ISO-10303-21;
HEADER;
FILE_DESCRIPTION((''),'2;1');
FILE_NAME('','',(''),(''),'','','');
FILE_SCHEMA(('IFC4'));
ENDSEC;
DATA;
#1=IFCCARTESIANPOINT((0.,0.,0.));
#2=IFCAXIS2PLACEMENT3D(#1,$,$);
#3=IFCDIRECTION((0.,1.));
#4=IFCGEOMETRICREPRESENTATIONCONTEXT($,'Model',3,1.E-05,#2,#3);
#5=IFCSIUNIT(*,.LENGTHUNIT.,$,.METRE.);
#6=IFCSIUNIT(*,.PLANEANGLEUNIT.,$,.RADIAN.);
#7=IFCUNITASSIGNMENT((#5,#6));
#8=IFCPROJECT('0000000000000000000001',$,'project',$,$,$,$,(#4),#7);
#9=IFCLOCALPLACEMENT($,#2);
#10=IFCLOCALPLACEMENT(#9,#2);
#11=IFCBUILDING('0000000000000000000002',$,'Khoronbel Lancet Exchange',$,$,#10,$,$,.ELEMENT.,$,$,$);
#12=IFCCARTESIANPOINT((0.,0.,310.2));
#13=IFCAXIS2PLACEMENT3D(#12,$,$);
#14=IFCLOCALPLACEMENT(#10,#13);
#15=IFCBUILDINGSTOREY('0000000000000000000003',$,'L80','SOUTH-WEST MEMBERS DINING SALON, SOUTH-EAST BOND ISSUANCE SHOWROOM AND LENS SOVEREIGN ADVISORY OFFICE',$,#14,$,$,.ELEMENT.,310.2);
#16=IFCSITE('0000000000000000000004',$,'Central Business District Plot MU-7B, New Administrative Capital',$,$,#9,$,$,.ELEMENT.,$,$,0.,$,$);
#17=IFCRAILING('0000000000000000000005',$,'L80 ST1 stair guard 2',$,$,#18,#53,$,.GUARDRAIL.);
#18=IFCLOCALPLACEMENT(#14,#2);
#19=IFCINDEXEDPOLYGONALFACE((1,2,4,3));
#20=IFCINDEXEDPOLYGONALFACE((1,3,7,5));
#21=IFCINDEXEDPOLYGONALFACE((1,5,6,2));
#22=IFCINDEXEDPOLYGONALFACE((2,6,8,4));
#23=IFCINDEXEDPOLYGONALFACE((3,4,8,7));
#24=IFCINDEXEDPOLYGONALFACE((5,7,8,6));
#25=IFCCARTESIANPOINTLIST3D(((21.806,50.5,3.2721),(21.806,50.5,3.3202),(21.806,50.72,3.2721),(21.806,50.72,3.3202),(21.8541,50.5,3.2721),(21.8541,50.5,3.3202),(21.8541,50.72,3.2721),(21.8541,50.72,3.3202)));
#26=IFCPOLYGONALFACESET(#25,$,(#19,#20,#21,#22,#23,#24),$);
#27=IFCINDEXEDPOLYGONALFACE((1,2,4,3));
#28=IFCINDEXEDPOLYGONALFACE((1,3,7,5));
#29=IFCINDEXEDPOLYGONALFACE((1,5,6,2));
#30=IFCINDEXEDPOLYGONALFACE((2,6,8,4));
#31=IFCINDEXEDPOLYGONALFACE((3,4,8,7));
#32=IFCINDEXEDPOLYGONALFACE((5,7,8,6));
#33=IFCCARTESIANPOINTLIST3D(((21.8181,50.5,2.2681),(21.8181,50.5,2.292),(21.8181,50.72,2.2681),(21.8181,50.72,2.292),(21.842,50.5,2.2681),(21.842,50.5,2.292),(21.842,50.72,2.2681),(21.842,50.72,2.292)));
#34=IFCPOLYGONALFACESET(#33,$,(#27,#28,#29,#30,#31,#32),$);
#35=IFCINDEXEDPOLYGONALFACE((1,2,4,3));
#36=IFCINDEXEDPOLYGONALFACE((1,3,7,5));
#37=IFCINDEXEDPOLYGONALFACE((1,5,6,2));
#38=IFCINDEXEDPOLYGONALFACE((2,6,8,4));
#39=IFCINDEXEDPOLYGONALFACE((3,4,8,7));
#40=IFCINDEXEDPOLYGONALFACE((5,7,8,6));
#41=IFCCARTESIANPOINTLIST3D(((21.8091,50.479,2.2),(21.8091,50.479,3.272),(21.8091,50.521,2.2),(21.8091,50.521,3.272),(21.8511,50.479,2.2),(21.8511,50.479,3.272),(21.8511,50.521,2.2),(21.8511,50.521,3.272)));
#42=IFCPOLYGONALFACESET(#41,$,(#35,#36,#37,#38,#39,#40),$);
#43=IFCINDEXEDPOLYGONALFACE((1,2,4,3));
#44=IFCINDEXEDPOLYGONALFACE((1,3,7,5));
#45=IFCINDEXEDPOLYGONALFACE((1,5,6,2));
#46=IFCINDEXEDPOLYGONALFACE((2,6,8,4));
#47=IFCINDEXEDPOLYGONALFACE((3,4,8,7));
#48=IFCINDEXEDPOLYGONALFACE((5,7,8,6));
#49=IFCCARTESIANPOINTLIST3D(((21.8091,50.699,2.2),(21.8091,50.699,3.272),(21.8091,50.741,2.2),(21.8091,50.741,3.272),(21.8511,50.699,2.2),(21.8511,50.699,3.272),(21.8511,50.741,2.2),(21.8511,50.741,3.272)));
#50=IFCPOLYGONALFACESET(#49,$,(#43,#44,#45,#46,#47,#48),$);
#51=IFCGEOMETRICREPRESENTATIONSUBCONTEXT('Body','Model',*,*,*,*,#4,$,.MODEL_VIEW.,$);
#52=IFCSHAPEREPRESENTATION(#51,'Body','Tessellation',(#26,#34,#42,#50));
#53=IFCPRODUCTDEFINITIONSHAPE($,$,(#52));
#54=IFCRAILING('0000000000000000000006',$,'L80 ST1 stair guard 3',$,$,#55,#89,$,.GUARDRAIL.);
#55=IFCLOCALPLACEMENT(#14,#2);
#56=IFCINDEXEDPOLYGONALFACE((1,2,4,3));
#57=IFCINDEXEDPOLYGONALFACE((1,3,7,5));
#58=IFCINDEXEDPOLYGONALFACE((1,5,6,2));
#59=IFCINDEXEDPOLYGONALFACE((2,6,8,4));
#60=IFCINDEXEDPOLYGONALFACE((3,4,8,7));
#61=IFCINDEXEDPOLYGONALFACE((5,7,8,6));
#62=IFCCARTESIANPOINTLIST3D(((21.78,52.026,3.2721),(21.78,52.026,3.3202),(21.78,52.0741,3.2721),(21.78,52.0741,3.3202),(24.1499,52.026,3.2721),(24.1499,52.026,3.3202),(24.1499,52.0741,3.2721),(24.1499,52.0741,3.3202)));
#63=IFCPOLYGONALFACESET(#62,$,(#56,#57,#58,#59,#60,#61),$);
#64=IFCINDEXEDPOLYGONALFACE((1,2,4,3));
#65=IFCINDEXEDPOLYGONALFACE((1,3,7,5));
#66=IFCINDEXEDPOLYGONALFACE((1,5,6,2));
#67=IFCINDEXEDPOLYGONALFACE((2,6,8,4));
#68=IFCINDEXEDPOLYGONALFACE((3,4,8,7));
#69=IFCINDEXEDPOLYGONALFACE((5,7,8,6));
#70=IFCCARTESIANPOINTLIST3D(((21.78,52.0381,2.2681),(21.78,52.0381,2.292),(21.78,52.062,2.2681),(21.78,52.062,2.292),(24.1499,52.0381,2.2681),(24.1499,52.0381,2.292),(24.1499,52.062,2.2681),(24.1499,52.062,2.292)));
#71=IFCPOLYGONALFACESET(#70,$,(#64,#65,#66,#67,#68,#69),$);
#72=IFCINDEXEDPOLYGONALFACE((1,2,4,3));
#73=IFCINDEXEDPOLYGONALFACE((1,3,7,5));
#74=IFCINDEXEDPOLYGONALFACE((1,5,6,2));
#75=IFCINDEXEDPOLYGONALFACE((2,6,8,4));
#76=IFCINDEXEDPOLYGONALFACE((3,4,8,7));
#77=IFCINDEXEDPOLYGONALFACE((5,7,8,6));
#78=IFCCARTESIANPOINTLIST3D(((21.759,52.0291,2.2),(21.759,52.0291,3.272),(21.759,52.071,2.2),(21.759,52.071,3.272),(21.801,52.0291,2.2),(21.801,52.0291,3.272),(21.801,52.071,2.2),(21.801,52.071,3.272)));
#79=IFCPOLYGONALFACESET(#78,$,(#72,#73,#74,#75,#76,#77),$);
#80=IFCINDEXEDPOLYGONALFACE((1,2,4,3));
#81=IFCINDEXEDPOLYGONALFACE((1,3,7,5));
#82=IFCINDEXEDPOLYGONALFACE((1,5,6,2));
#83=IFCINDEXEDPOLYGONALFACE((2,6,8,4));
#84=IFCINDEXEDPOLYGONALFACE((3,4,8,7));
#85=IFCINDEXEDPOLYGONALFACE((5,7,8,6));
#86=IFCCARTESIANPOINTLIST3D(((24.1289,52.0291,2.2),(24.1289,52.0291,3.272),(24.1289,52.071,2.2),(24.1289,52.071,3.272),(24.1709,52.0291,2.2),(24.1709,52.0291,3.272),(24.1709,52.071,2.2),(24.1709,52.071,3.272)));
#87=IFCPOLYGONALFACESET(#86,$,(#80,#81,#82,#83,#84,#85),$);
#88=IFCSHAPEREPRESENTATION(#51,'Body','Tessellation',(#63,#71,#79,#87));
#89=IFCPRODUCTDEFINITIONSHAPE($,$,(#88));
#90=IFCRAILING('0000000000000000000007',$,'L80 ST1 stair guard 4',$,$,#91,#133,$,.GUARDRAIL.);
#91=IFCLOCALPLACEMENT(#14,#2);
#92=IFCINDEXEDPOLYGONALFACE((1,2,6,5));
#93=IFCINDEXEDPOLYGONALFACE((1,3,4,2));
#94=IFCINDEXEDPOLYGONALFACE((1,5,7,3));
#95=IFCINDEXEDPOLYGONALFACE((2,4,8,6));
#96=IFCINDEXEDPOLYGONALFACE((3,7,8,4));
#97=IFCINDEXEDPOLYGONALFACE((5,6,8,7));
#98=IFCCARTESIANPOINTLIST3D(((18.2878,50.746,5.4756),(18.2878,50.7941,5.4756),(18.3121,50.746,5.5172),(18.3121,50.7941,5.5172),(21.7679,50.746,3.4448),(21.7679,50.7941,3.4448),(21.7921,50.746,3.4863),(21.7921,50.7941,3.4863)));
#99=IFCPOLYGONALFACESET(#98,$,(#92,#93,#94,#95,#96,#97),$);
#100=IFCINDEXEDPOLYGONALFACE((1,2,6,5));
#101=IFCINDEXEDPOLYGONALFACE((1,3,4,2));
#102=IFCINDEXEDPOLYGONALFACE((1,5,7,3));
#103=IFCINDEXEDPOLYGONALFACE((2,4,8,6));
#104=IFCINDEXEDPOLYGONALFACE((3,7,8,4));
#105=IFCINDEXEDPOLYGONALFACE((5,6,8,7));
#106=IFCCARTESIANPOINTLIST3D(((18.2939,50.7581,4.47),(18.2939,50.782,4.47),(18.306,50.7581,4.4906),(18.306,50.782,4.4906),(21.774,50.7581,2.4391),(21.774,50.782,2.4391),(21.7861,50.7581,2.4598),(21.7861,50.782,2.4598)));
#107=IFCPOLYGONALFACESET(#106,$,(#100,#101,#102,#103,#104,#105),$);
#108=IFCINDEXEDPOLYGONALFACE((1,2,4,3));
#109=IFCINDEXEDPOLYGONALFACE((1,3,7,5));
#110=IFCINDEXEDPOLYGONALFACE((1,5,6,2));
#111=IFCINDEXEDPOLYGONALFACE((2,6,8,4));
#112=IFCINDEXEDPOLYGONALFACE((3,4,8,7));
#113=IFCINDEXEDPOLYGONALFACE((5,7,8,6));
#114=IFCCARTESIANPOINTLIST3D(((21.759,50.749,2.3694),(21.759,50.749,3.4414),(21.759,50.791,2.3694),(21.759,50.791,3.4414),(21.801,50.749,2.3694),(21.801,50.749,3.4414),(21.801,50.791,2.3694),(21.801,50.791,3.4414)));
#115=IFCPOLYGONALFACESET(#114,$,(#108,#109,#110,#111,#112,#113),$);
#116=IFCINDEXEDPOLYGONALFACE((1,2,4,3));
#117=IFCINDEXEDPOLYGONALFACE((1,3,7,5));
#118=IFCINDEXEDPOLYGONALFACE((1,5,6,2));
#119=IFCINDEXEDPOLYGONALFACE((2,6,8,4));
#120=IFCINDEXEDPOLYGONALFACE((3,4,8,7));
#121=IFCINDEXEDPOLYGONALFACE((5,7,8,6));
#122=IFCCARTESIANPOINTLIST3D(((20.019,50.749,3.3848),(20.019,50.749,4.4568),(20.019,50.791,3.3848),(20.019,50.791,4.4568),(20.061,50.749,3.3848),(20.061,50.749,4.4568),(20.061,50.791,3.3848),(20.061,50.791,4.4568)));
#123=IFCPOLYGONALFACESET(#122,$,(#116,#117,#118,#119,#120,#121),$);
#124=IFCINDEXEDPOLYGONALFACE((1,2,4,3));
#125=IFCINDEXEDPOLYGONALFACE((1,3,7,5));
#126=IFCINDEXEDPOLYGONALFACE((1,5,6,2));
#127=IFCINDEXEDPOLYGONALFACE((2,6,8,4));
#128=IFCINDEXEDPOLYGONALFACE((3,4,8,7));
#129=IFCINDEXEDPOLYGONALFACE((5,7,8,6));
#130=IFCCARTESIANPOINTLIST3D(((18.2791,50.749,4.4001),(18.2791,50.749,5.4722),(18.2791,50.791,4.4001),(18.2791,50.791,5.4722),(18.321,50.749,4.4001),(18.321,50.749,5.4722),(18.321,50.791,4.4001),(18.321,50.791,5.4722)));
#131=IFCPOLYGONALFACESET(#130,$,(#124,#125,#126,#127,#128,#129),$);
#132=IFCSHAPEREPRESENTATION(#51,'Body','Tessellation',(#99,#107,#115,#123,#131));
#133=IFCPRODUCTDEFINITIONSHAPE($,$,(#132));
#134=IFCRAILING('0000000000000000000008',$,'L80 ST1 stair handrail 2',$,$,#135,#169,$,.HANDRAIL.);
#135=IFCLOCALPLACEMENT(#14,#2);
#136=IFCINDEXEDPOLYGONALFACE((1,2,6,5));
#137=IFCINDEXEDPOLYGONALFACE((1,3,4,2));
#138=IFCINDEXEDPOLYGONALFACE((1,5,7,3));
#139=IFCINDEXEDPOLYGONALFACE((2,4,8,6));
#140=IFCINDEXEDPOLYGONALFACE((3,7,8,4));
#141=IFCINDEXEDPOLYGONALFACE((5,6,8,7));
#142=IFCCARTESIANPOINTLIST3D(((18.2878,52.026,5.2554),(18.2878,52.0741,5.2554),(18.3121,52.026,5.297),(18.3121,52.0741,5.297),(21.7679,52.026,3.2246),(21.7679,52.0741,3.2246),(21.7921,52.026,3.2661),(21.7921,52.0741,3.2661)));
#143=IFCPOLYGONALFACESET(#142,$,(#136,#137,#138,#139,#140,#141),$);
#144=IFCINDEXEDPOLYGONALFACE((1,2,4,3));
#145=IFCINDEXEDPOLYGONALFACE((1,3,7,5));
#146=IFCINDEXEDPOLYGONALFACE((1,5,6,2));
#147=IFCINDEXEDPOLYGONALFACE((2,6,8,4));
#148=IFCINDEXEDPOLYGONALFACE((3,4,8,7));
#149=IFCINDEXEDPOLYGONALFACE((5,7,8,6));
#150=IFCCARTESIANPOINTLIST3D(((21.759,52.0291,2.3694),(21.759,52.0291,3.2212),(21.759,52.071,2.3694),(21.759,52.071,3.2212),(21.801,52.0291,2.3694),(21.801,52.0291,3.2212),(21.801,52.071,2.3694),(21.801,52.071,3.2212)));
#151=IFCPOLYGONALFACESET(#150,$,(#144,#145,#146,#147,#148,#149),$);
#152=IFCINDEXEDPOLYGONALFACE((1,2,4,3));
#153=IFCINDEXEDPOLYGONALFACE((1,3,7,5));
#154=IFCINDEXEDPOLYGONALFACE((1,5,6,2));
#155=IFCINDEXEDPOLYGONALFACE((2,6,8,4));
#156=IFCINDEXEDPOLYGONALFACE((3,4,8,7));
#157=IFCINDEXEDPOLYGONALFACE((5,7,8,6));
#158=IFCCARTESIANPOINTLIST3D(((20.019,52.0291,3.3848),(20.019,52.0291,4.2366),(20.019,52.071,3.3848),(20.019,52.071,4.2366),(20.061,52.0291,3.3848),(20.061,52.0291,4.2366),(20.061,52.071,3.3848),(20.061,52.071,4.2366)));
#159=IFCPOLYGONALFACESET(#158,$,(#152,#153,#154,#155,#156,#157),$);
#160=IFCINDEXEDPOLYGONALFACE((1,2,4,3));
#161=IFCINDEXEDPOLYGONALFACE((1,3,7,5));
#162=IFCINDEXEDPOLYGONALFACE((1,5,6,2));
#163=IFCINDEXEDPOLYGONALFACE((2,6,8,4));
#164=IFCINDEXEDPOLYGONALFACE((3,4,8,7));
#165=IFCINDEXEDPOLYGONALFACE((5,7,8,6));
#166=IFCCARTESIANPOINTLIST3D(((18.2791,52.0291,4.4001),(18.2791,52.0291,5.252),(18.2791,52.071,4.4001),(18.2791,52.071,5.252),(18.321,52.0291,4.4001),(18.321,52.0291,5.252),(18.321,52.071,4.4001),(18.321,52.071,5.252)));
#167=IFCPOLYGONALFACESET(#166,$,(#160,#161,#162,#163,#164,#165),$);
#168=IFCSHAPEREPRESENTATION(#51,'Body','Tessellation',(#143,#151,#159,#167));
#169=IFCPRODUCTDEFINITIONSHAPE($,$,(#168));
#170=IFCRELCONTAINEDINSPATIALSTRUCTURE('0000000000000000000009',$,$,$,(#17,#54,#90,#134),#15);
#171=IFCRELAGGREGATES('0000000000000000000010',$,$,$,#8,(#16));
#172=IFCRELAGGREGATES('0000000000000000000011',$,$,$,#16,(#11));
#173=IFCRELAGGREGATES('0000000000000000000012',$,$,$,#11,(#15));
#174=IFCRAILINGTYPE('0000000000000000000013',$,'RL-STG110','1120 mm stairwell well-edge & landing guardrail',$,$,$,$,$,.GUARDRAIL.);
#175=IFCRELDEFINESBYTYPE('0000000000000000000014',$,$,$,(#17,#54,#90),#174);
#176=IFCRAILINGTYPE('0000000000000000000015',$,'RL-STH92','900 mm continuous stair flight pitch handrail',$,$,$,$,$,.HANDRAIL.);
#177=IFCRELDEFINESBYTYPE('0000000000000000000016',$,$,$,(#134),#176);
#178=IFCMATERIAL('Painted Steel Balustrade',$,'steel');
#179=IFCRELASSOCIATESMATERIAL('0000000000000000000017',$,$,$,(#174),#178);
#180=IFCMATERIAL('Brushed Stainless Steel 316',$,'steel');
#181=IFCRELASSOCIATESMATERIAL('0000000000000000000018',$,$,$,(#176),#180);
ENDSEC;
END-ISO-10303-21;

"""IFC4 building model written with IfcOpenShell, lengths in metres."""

from ifc_helpers import new_model, si_unit, direction, frame, origin, origin_2d, place, context, subcontext, project, spatial, rectangle, extrude, material, type_object, element, save


model = new_model("IFC4")

# Units and contexts
model_context = context("Model", 3, precision=1e-05, world=origin(), true_north=direction((0.0, 1.0)))
body_context = subcontext(model_context, "Body", "Model", "MODEL_VIEW")
ifc_project = project(units=[si_unit("LENGTHUNIT", "METRE"), si_unit("PLANEANGLEUNIT", "RADIAN")], contexts=[model_context])

# Site, building, storey
site_placement = place(None, origin())
site = spatial("IfcSite", under=ifc_project, at=site_placement, Name="Central Business District Plot MU-7B, New Administrative Capital", CompositionType="ELEMENT", RefElevation=0.0)
building_placement = place(site_placement, origin())
building = spatial("IfcBuilding", under=site, at=building_placement, Name="Khoronbel Lancet Exchange", CompositionType="ELEMENT")
storey_placement = place(building_placement, frame((0.0, 0.0, 310.2)))
storey = spatial("IfcBuildingStorey", under=building, at=storey_placement, Name="L80", Description="SOUTH-WEST MEMBERS DINING SALON, SOUTH-EAST BOND ISSUANCE SHOWROOM AND LENS SOVEREIGN ADVISORY OFFICE", CompositionType="ELEMENT", Elevation=310.2)

# Railings
ifc_material_1 = material(Name="Painted Steel Balustrade", Category="steel")
railing_type_1 = type_object("IfcRailingType", Name="RL-STG110", Description="1120 mm stairwell well-edge & landing guardrail", PredefinedType="GUARDRAIL", material=ifc_material_1)
railing_1_placement = place(storey_placement, frame((21.8301, 50.5, 2.2)))
element("IfcRailing", 1, at=railing_1_placement, inside=storey, type_object=railing_type_1, Name="L80 ST1 stair guard 2", PredefinedType="GUARDRAIL", context=body_context, shape_type="SweptSolid", body=[
    extrude(rectangle(XDim=0.0481, YDim=0.0481, at=origin_2d()), frame((0.0, 0.0, 1.0962), z_axis=(0.0, 1.0, 0.0), x_axis=(-1.0, 0.0, 0.0)), (0.0, 0.0, 1.0), 0.22),
    extrude(rectangle(XDim=0.0239, YDim=0.0239, at=origin_2d()), frame((0.0, 0.0, 0.0801), z_axis=(0.0, 1.0, 0.0), x_axis=(-1.0, 0.0, 0.0)), (0.0, 0.0, 1.0), 0.22),
    extrude(rectangle(XDim=0.042, YDim=0.042, at=origin_2d()), origin(), (0.0, 0.0, 1.0), 1.072),
    extrude(rectangle(XDim=0.042, YDim=0.042, at=origin_2d()), frame((0.0, 0.22, 0.0)), (0.0, 0.0, 1.0), 1.072),
])
railing_2_placement = place(storey_placement, frame((21.78, 52.05, 2.2)))
element("IfcRailing", 2, at=railing_2_placement, inside=storey, type_object=railing_type_1, Name="L80 ST1 stair guard 3", PredefinedType="GUARDRAIL", context=body_context, shape_type="SweptSolid", body=[
    extrude(rectangle(XDim=0.0481, YDim=0.0481, at=origin_2d()), frame((0.0, 0.0, 1.0962), z_axis=(1.0, 0.0, 0.0), x_axis=(0.0, 1.0, 0.0)), (0.0, 0.0, 1.0), 2.3699),
    extrude(rectangle(XDim=0.0239, YDim=0.0239, at=origin_2d()), frame((0.0, 0.0, 0.0801), z_axis=(1.0, 0.0, 0.0), x_axis=(0.0, 1.0, 0.0)), (0.0, 0.0, 1.0), 2.3699),
    extrude(rectangle(XDim=0.042, YDim=0.042, at=origin_2d()), origin(), (0.0, 0.0, 1.0), 1.072),
    extrude(rectangle(XDim=0.042, YDim=0.042, at=origin_2d()), frame((2.3699, 0.0, 0.0)), (0.0, 0.0, 1.0), 1.072),
])
railing_3_placement = place(storey_placement, frame((21.78, 50.77, 2.3694)))
element("IfcRailing", 3, at=railing_3_placement, inside=storey, type_object=railing_type_1, Name="L80 ST1 stair guard 4", PredefinedType="GUARDRAIL", context=body_context, shape_type="SweptSolid", body=[
    extrude(rectangle(XDim=0.0481, YDim=0.0481, at=origin_2d()), frame((0.0, 0.0, 1.0962), z_axis=(-0.863695, 0.0, 0.504014), x_axis=(0.0, -1.0, 0.0)), (0.0, 0.0, 1.0), 4.0293),
    extrude(rectangle(XDim=0.0239, YDim=0.0239, at=origin_2d()), frame((0.0, 0.0, 0.0801), z_axis=(-0.863695, 0.0, 0.504014), x_axis=(0.0, -1.0, 0.0)), (0.0, 0.0, 1.0), 4.0293),
    extrude(rectangle(XDim=0.042, YDim=0.042, at=origin_2d()), origin(), (0.0, 0.0, 1.0), 1.072),
    extrude(rectangle(XDim=0.042, YDim=0.042, at=origin_2d()), frame((-1.74, 0.0, 1.0154)), (0.0, 0.0, 1.0), 1.072),
    extrude(rectangle(XDim=0.042, YDim=0.042, at=origin_2d()), frame((-3.48, 0.0, 2.0308)), (0.0, 0.0, 1.0), 1.072),
])
ifc_material_2 = material(Name="Brushed Stainless Steel 316", Category="steel")
railing_type_2 = type_object("IfcRailingType", Name="RL-STH92", Description="900 mm continuous stair flight pitch handrail", PredefinedType="HANDRAIL", material=ifc_material_2)
railing_4_placement = place(storey_placement, frame((21.78, 52.05, 2.3694)))
element("IfcRailing", 4, at=railing_4_placement, inside=storey, type_object=railing_type_2, Name="L80 ST1 stair handrail 2", PredefinedType="HANDRAIL", context=body_context, shape_type="SweptSolid", body=[
    extrude(rectangle(XDim=0.0481, YDim=0.0481, at=origin_2d()), frame((0.0, 0.0, 0.876), z_axis=(-0.863695, 0.0, 0.504014), x_axis=(0.0, -1.0, 0.0)), (0.0, 0.0, 1.0), 4.0293),
    extrude(rectangle(XDim=0.042, YDim=0.042, at=origin_2d()), origin(), (0.0, 0.0, 1.0), 0.8518),
    extrude(rectangle(XDim=0.042, YDim=0.042, at=origin_2d()), frame((-1.74, 0.0, 1.0154)), (0.0, 0.0, 1.0), 0.8518),
    extrude(rectangle(XDim=0.042, YDim=0.042, at=origin_2d()), frame((-3.48, 0.0, 2.0308)), (0.0, 0.0, 1.0), 0.8518),
])

save(model, "model.ifc")
